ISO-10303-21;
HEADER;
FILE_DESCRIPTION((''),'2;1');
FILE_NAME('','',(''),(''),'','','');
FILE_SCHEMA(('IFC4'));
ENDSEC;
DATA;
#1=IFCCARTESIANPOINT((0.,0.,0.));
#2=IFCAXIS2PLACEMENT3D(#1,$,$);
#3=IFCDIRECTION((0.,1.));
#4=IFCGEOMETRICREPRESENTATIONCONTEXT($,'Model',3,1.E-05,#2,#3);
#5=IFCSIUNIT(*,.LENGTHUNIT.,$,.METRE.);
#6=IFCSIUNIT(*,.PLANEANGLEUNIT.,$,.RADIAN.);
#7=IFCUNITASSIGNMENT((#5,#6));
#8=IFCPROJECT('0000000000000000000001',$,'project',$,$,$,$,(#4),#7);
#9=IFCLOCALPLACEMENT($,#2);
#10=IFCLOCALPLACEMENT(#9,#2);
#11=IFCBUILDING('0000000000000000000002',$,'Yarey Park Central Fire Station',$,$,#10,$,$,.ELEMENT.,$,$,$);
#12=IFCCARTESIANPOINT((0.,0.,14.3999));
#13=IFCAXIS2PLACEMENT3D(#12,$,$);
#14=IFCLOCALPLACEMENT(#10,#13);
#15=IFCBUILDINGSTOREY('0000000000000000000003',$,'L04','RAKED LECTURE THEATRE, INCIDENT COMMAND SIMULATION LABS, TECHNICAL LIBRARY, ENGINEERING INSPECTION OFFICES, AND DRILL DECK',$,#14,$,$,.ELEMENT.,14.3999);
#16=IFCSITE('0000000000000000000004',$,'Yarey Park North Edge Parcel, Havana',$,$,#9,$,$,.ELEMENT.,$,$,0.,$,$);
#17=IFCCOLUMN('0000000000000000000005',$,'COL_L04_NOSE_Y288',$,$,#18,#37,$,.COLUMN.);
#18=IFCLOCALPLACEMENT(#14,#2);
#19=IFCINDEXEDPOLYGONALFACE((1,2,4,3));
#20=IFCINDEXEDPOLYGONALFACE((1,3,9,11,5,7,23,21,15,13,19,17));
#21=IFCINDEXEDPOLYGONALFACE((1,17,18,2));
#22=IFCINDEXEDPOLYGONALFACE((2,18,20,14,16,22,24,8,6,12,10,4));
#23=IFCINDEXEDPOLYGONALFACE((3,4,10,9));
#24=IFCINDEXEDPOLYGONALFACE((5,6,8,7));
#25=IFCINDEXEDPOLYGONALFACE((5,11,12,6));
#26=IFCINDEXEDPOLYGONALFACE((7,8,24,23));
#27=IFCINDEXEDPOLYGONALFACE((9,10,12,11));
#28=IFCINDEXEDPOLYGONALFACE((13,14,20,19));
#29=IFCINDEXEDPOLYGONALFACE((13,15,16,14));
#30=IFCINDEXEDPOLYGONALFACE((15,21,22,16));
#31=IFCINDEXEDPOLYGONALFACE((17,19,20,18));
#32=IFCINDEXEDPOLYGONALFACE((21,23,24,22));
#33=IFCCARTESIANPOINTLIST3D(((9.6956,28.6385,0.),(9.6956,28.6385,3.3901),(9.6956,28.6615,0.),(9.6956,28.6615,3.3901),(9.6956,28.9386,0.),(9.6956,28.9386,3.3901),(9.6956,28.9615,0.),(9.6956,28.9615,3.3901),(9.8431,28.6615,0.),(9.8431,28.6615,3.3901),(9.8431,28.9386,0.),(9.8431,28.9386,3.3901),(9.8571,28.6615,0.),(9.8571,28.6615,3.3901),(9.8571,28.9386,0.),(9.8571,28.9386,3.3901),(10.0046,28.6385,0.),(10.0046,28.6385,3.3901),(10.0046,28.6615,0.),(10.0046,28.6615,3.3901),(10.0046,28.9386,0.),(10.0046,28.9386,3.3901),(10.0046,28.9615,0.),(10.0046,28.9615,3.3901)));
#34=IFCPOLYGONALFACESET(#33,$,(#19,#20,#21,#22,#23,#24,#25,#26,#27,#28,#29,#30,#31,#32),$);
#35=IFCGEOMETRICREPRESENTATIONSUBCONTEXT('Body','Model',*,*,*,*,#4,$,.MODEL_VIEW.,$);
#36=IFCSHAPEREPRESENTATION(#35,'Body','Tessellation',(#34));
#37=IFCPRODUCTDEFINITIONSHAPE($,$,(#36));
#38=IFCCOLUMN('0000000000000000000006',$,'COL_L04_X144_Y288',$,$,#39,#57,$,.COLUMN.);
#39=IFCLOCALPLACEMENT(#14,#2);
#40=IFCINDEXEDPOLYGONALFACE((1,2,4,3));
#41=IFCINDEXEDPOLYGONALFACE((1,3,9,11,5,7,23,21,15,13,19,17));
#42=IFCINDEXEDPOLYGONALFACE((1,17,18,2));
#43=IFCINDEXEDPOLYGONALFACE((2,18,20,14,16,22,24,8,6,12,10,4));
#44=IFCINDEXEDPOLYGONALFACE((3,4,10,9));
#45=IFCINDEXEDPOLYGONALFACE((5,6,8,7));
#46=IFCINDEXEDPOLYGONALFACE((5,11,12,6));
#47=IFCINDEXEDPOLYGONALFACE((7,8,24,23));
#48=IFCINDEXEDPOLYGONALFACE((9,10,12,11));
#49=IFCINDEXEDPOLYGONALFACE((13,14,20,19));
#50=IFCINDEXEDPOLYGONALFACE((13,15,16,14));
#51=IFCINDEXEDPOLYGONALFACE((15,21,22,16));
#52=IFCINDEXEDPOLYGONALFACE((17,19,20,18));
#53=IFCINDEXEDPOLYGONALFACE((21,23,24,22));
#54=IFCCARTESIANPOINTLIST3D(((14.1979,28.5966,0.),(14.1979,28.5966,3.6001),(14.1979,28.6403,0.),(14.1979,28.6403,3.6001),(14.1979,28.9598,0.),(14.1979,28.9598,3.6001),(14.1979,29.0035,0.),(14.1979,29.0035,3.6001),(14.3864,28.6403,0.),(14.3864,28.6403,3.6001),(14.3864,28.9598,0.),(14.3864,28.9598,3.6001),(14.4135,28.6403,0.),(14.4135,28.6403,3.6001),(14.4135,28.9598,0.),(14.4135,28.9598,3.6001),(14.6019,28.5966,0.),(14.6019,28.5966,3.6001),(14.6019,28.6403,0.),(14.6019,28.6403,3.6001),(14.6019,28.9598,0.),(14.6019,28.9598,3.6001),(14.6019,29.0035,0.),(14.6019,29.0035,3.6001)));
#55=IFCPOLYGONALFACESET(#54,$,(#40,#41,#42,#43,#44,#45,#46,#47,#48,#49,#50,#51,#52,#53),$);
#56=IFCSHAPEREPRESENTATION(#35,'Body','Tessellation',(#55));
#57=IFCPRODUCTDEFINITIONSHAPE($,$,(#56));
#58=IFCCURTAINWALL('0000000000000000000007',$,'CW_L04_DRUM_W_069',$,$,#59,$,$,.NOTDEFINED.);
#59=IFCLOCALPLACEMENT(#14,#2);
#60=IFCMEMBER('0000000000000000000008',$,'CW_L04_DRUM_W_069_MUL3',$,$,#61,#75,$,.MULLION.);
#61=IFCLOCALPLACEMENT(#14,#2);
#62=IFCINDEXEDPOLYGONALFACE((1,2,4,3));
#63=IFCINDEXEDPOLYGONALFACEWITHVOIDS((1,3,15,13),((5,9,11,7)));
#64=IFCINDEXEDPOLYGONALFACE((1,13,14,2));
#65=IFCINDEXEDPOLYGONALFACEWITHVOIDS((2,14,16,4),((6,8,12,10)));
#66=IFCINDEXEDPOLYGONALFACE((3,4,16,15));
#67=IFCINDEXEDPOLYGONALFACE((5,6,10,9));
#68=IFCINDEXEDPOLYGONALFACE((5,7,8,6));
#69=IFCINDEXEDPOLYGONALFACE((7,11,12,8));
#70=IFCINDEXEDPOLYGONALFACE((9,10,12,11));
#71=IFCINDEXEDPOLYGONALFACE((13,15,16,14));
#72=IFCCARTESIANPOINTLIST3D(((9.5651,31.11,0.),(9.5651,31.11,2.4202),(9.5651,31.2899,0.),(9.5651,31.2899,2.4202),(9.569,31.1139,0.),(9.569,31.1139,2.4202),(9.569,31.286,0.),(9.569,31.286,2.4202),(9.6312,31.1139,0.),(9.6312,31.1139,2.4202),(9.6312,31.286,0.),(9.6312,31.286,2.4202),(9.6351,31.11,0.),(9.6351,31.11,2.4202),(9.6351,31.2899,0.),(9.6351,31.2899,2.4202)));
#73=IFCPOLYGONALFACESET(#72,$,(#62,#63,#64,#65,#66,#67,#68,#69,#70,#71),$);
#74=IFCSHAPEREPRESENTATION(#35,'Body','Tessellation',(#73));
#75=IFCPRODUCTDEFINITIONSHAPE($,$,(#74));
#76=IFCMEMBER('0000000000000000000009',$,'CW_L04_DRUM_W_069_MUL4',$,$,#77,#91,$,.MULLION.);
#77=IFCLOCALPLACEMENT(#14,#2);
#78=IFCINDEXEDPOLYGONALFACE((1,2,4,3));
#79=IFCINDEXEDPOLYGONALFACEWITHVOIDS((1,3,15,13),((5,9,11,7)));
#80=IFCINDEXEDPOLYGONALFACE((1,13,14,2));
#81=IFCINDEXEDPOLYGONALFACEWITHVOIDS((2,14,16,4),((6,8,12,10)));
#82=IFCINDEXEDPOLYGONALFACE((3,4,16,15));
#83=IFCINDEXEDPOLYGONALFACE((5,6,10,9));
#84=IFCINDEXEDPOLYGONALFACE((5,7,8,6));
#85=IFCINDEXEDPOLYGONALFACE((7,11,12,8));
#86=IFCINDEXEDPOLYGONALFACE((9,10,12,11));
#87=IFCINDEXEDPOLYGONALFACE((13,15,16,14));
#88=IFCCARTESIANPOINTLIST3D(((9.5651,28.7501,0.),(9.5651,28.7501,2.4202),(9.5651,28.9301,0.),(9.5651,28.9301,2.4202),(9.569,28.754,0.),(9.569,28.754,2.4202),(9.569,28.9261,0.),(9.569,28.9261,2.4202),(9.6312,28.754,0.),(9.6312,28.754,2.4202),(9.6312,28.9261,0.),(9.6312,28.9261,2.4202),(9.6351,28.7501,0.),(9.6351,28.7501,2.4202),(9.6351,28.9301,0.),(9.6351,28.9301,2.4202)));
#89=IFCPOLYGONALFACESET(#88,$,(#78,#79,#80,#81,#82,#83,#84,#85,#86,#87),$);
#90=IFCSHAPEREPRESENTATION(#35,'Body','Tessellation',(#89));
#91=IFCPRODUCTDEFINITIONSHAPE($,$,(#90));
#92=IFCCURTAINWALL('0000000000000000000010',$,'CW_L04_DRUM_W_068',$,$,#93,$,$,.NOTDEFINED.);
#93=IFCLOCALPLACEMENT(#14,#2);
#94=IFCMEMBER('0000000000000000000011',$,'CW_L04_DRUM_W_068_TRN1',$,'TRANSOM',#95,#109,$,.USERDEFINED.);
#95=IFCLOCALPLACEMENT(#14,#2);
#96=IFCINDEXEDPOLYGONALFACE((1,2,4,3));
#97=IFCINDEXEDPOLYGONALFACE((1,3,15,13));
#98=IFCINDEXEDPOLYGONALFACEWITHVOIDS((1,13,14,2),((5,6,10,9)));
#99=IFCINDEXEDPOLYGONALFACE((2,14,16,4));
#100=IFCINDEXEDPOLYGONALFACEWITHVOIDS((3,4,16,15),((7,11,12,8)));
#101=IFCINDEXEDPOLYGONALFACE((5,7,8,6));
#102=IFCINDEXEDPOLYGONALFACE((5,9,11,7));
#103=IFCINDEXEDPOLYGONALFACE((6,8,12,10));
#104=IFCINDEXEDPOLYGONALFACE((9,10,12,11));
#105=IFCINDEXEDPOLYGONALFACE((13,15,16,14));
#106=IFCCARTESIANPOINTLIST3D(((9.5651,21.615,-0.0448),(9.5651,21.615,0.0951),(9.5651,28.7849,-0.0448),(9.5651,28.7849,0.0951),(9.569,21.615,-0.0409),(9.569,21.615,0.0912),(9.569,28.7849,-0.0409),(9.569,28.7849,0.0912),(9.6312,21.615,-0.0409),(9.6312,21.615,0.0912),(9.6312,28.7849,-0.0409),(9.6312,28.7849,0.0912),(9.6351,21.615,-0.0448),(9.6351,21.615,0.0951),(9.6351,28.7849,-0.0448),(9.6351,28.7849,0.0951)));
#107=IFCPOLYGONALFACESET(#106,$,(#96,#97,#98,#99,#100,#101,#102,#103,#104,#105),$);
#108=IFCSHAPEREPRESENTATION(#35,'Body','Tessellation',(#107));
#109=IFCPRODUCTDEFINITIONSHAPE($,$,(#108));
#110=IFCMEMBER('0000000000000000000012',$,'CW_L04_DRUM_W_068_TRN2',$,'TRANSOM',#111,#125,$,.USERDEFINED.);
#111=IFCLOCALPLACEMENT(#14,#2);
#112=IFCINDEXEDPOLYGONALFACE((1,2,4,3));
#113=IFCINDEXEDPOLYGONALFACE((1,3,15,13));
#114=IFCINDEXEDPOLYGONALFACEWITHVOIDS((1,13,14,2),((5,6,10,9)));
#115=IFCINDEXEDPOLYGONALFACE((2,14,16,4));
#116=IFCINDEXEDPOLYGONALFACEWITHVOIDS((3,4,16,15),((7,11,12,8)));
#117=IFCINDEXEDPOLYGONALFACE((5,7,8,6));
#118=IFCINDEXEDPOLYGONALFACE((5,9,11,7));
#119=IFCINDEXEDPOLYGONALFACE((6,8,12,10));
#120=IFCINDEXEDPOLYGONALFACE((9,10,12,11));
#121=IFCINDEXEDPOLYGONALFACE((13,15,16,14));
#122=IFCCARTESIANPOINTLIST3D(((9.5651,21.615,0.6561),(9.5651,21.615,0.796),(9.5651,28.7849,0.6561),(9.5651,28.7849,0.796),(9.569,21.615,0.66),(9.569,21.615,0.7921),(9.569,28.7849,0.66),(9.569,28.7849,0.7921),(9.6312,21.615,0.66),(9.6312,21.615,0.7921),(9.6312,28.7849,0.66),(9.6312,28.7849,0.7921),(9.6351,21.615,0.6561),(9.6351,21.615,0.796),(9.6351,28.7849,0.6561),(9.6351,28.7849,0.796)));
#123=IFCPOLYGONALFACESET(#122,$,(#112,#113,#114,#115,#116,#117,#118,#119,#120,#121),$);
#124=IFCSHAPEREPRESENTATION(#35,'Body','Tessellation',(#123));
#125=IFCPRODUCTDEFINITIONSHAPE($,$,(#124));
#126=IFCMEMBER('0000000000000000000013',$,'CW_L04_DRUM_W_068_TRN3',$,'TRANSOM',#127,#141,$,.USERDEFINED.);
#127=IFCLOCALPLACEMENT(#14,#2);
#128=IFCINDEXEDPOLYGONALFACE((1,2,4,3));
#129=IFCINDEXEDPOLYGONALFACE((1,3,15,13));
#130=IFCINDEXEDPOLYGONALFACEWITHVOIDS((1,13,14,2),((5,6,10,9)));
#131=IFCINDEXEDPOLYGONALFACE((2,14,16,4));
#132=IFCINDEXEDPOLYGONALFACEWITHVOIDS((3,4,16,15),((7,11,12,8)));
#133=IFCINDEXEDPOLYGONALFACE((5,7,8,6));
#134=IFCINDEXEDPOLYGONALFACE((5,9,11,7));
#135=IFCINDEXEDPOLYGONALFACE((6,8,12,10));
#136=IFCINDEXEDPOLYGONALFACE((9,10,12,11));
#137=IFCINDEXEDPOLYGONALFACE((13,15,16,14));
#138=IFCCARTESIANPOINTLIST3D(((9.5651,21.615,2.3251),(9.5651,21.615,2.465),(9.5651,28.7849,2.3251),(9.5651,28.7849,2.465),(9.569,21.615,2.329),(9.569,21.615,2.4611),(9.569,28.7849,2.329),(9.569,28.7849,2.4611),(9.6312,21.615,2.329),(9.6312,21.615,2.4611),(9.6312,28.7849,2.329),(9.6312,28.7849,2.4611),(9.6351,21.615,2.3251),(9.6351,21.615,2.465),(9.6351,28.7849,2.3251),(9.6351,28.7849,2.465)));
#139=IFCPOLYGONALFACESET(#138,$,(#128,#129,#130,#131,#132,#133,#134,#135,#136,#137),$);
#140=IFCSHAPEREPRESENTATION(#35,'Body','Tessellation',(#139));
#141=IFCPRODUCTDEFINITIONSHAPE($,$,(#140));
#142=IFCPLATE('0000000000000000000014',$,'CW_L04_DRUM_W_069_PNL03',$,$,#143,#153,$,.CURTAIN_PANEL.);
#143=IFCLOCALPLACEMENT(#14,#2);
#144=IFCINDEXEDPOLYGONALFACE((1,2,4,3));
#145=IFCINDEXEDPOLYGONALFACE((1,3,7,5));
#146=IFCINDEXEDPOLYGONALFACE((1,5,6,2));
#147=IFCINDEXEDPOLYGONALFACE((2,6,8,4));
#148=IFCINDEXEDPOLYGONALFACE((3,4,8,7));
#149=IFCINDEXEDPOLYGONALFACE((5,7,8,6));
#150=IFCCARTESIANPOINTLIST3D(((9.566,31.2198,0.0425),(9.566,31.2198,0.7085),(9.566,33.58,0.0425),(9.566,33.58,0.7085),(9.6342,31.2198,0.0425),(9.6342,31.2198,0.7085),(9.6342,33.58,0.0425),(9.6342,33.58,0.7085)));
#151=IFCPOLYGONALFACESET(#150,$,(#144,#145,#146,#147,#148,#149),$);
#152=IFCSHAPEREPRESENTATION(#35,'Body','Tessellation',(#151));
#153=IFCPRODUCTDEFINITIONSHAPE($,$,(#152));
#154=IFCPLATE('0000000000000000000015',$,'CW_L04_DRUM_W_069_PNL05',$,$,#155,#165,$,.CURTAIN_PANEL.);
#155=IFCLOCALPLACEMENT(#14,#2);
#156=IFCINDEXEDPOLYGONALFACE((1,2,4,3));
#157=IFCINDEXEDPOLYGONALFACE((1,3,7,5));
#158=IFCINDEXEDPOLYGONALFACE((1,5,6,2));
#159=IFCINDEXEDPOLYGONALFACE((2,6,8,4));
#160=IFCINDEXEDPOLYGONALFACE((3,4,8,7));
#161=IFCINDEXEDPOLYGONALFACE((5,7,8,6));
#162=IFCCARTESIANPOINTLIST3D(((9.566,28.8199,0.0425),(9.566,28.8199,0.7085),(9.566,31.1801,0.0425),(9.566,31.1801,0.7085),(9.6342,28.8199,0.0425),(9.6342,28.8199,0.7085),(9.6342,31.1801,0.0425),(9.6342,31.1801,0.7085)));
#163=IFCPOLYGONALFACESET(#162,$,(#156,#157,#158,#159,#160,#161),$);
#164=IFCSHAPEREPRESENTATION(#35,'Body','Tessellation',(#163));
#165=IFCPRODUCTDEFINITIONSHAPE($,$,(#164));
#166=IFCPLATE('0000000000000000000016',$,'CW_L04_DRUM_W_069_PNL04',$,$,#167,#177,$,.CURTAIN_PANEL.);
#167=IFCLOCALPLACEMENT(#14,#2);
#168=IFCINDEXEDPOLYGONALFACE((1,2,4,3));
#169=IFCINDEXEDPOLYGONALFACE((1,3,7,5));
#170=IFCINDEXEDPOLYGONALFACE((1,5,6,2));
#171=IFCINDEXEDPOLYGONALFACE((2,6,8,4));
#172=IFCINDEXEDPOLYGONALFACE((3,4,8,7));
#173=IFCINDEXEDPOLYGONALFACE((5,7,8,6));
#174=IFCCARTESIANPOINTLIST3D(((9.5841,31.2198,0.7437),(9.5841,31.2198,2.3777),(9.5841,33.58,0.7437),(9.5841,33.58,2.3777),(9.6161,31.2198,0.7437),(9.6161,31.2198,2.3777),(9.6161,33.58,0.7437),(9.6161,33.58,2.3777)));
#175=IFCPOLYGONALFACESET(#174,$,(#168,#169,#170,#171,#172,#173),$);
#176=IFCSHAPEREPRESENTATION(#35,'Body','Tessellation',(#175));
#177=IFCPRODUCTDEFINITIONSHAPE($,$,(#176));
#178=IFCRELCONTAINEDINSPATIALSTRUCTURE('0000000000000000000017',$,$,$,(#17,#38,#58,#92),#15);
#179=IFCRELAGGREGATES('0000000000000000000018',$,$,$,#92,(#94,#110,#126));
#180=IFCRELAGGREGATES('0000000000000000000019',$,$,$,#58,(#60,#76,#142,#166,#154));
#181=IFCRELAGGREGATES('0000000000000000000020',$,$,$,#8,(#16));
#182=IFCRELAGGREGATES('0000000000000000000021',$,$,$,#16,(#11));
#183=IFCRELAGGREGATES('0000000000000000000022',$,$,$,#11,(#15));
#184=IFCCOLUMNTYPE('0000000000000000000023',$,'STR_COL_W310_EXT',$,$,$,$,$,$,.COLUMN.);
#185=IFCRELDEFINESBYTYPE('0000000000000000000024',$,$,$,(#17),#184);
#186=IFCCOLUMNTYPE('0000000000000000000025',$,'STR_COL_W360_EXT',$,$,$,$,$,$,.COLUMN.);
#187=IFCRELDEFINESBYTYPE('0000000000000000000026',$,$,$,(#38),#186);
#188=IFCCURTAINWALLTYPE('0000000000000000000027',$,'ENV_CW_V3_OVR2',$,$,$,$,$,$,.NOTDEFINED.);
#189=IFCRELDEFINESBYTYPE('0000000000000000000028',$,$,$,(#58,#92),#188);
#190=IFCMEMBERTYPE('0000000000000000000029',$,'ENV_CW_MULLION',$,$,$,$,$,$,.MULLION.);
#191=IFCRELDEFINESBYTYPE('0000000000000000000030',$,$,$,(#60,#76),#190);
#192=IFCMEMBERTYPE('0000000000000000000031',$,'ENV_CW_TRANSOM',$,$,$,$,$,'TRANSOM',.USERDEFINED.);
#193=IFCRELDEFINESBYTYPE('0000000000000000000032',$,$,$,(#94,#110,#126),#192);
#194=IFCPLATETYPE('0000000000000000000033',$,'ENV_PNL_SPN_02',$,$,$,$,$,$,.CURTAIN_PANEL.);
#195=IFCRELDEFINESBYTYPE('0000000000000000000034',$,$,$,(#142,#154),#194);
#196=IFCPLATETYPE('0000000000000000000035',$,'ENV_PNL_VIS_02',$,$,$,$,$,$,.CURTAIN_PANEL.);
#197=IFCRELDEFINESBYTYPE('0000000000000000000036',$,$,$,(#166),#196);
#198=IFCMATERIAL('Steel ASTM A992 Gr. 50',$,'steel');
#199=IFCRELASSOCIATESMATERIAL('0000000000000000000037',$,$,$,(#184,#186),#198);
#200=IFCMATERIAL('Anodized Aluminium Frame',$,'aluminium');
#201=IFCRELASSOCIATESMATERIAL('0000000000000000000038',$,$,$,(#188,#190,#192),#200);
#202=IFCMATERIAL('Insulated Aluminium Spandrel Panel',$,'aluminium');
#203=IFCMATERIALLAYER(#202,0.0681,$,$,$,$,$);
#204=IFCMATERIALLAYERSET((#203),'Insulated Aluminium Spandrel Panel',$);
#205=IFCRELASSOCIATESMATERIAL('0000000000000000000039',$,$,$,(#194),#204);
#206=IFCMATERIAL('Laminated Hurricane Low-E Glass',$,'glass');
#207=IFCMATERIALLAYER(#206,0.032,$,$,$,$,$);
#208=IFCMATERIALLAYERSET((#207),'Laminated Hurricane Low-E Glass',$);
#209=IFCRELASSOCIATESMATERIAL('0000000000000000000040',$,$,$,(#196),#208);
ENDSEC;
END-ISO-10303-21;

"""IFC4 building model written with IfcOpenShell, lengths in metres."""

from ifc_helpers import new_model, si_unit, direction, frame, origin, origin_2d, place, context, subcontext, project, spatial, rectangle, hollow_rectangle, i_section, extrude, material, layer, layer_set, material_profile, profile_set, type_object, element, aggregate, save


model = new_model("IFC4")

# Units and contexts
model_context = context("Model", 3, precision=1e-05, world=origin(), true_north=direction((0.0, 1.0)))
body_context = subcontext(model_context, "Body", "Model", "MODEL_VIEW")
ifc_project = project(units=[si_unit("LENGTHUNIT", "METRE"), si_unit("PLANEANGLEUNIT", "RADIAN")], contexts=[model_context])

# Site, building, storey
site_placement = place(None, origin())
site = spatial("IfcSite", under=ifc_project, at=site_placement, Name="Yarey Park North Edge Parcel, Havana", CompositionType="ELEMENT", RefElevation=0.0)
building_placement = place(site_placement, origin())
building = spatial("IfcBuilding", under=site, at=building_placement, Name="Yarey Park Central Fire Station", CompositionType="ELEMENT")
storey_placement = place(building_placement, frame((0.0, 0.0, 14.3999)))
storey = spatial("IfcBuildingStorey", under=building, at=storey_placement, Name="L04", Description="RAKED LECTURE THEATRE, INCIDENT COMMAND SIMULATION LABS, TECHNICAL LIBRARY, ENGINEERING INSPECTION OFFICES, AND DRILL DECK", CompositionType="ELEMENT", Elevation=14.3999)

# Columns
ifc_material_1 = material(Name="Steel ASTM A992 Gr. 50", Category="steel")
ifc_material_profile_1 = material_profile(ifc_material_1, i_section(OverallWidth=0.3091, OverallDepth=0.323, WebThickness=0.0139, FlangeThickness=0.0229, at=origin_2d()), Name="W310x143")
ifc_profile_set_1 = profile_set([ifc_material_profile_1], Name="Steel ASTM A992 Gr. 50")
column_type_1 = type_object("IfcColumnType", Name="STR_COL_W310_EXT", PredefinedType="COLUMN", material=ifc_profile_set_1)
column_1_placement = place(storey_placement, frame((9.8501, 28.8, 0.0), z_axis=(0.0, 0.0, 1.0), x_axis=(1.0, 0.0, 0.0)))
element("IfcColumn", 1, at=column_1_placement, inside=storey, type_object=column_type_1, Name="COL_L04_NOSE_Y288", PredefinedType="COLUMN", context=body_context, shape_type="SweptSolid", body=[
    extrude(i_section(OverallWidth=0.3091, OverallDepth=0.323, WebThickness=0.0139, FlangeThickness=0.0229, at=origin_2d()), origin(), (0.0, 0.0, 1.0), 3.3901),
])
ifc_material_profile_2 = material_profile(ifc_material_1, i_section(OverallWidth=0.4041, OverallDepth=0.407, WebThickness=0.0271, FlangeThickness=0.0437, at=origin_2d()), Name="W360x347")
ifc_profile_set_2 = profile_set([ifc_material_profile_2], Name="Steel ASTM A992 Gr. 50")
column_type_2 = type_object("IfcColumnType", Name="STR_COL_W360_EXT", PredefinedType="COLUMN", material=ifc_profile_set_2)
column_2_placement = place(storey_placement, frame((14.3999, 28.8, 0.0), z_axis=(0.0, 0.0, 1.0), x_axis=(1.0, 0.0, 0.0)))
element("IfcColumn", 2, at=column_2_placement, inside=storey, type_object=column_type_2, Name="COL_L04_X144_Y288", PredefinedType="COLUMN", context=body_context, shape_type="SweptSolid", body=[
    extrude(i_section(OverallWidth=0.4041, OverallDepth=0.407, WebThickness=0.0271, FlangeThickness=0.0437, at=origin_2d()), origin(), (0.0, 0.0, 1.0), 3.6001),
])

# Curtain walls, members
ifc_material_2 = material(Name="Anodized Aluminium Frame", Category="aluminium")
curtain_wall_type = type_object("IfcCurtainWallType", Name="ENV_CW_V3_OVR2", PredefinedType="NOTDEFINED", material=ifc_material_2)
curtain_wall_1_placement = place(storey_placement, origin())
curtain_wall_1 = element("IfcCurtainWall", 3, at=curtain_wall_1_placement, inside=storey, type_object=curtain_wall_type, Name="CW_L04_DRUM_W_069", PredefinedType="NOTDEFINED")
ifc_material_profile_3 = material_profile(ifc_material_2, hollow_rectangle(XDim=0.0701, YDim=0.1799, WallThickness=0.0039, at=origin_2d()), Name="ALU 180x70x4")
ifc_profile_set_3 = profile_set([ifc_material_profile_3], Name="Anodized Aluminium Frame")
member_type_1 = type_object("IfcMemberType", Name="ENV_CW_MULLION", PredefinedType="MULLION", material=ifc_profile_set_3)
member_1_placement = place(storey_placement, frame((9.6001, 31.2, 0.0), z_axis=(0.0, 0.0, 1.0), x_axis=(1.0, 0.0, 0.0)))
member_1 = element("IfcMember", 4, at=member_1_placement, type_object=member_type_1, Name="CW_L04_DRUM_W_069_MUL3", PredefinedType="MULLION", context=body_context, shape_type="SweptSolid", body=[
    extrude(hollow_rectangle(XDim=0.0701, YDim=0.1799, WallThickness=0.0039, at=origin_2d()), origin(), (0.0, 0.0, 1.0), 2.4202),
])
member_2_placement = place(storey_placement, frame((9.6001, 28.8401, 0.0), z_axis=(0.0, 0.0, 1.0), x_axis=(1.0, 0.0, 0.0)))
member_2 = element("IfcMember", 5, at=member_2_placement, type_object=member_type_1, Name="CW_L04_DRUM_W_069_MUL4", PredefinedType="MULLION", context=body_context, shape_type="SweptSolid", body=[
    extrude(hollow_rectangle(XDim=0.0701, YDim=0.1799, WallThickness=0.0039, at=origin_2d()), origin(), (0.0, 0.0, 1.0), 2.4202),
])
curtain_wall_2_placement = place(storey_placement, origin())
curtain_wall_2 = element("IfcCurtainWall", 6, at=curtain_wall_2_placement, inside=storey, type_object=curtain_wall_type, Name="CW_L04_DRUM_W_068", PredefinedType="NOTDEFINED")
ifc_material_profile_4 = material_profile(ifc_material_2, hollow_rectangle(XDim=0.0701, YDim=0.1399, WallThickness=0.0039, at=origin_2d()), Name="ALU 140x70x4")
ifc_profile_set_4 = profile_set([ifc_material_profile_4], Name="Anodized Aluminium Frame")
member_type_2 = type_object("IfcMemberType", Name="ENV_CW_TRANSOM", ElementType="TRANSOM", PredefinedType="USERDEFINED", material=ifc_profile_set_4)
member_3_placement = place(storey_placement, frame((9.6001, 28.7849, 0.0251), z_axis=(0.0, -1.0, 0.0), x_axis=(1.0, 0.0, 0.0)))
member_3 = element("IfcMember", 7, at=member_3_placement, type_object=member_type_2, Name="CW_L04_DRUM_W_068_TRN1", ObjectType="TRANSOM", PredefinedType="USERDEFINED", context=body_context, shape_type="SweptSolid", body=[
    extrude(hollow_rectangle(XDim=0.0701, YDim=0.1399, WallThickness=0.0039, at=origin_2d()), origin(), (0.0, 0.0, 1.0), 7.1699),
])
member_4_placement = place(storey_placement, frame((9.6001, 28.7849, 0.7261), z_axis=(0.0, -1.0, 0.0), x_axis=(1.0, 0.0, 0.0)))
member_4 = element("IfcMember", 8, at=member_4_placement, type_object=member_type_2, Name="CW_L04_DRUM_W_068_TRN2", ObjectType="TRANSOM", PredefinedType="USERDEFINED", context=body_context, shape_type="SweptSolid", body=[
    extrude(hollow_rectangle(XDim=0.0701, YDim=0.1399, WallThickness=0.0039, at=origin_2d()), origin(), (0.0, 0.0, 1.0), 7.1699),
])
member_5_placement = place(storey_placement, frame((9.6001, 28.7849, 2.395), z_axis=(0.0, -1.0, 0.0), x_axis=(1.0, 0.0, 0.0)))
member_5 = element("IfcMember", 9, at=member_5_placement, type_object=member_type_2, Name="CW_L04_DRUM_W_068_TRN3", ObjectType="TRANSOM", PredefinedType="USERDEFINED", context=body_context, shape_type="SweptSolid", body=[
    extrude(hollow_rectangle(XDim=0.0701, YDim=0.1399, WallThickness=0.0039, at=origin_2d()), origin(), (0.0, 0.0, 1.0), 7.1699),
])
aggregate(curtain_wall_2, [member_3, member_4, member_5])

# Plates
ifc_material_3 = material(Name="Insulated Aluminium Spandrel Panel", Category="aluminium")
ifc_layer_1 = layer(ifc_material_3, 0.0681)
ifc_layer_set_1 = layer_set([ifc_layer_1], Name="Insulated Aluminium Spandrel Panel")
plate_type_1 = type_object("IfcPlateType", Name="ENV_PNL_SPN_02", PredefinedType="CURTAIN_PANEL", material=ifc_layer_set_1)
plate_1_placement = place(storey_placement, frame((9.6001, 32.3999, 0.0425), z_axis=(0.0, 0.0, 1.0), x_axis=(0.0, -1.0, 0.0)))
plate_1 = element("IfcPlate", 10, at=plate_1_placement, type_object=plate_type_1, Name="CW_L04_DRUM_W_069_PNL03", PredefinedType="CURTAIN_PANEL", context=body_context, shape_type="SweptSolid", body=[
    extrude(rectangle(XDim=2.3601, YDim=0.0681, at=origin_2d()), origin(), (0.0, 0.0, 1.0), 0.666),
])
plate_2_placement = place(storey_placement, frame((9.6001, 30.0, 0.0425), z_axis=(0.0, 0.0, 1.0), x_axis=(0.0, -1.0, 0.0)))
plate_2 = element("IfcPlate", 11, at=plate_2_placement, type_object=plate_type_1, Name="CW_L04_DRUM_W_069_PNL05", PredefinedType="CURTAIN_PANEL", context=body_context, shape_type="SweptSolid", body=[
    extrude(rectangle(XDim=2.3601, YDim=0.0681, at=origin_2d()), origin(), (0.0, 0.0, 1.0), 0.666),
])
ifc_material_4 = material(Name="Laminated Hurricane Low-E Glass", Category="glass")
ifc_layer_2 = layer(ifc_material_4, 0.032)
ifc_layer_set_2 = layer_set([ifc_layer_2], Name="Laminated Hurricane Low-E Glass")
plate_type_2 = type_object("IfcPlateType", Name="ENV_PNL_VIS_02", PredefinedType="CURTAIN_PANEL", material=ifc_layer_set_2)
plate_3_placement = place(storey_placement, frame((9.6001, 32.3999, 0.7437), z_axis=(0.0, 0.0, 1.0), x_axis=(0.0, -1.0, 0.0)))
plate_3 = element("IfcPlate", 12, at=plate_3_placement, type_object=plate_type_2, Name="CW_L04_DRUM_W_069_PNL04", PredefinedType="CURTAIN_PANEL", context=body_context, shape_type="SweptSolid", body=[
    extrude(rectangle(XDim=2.3601, YDim=0.032, at=origin_2d()), origin(), (0.0, 0.0, 1.0), 1.634),
])
aggregate(curtain_wall_1, [member_1, member_2, plate_1, plate_3, plate_2])

save(model, "model.ifc")
